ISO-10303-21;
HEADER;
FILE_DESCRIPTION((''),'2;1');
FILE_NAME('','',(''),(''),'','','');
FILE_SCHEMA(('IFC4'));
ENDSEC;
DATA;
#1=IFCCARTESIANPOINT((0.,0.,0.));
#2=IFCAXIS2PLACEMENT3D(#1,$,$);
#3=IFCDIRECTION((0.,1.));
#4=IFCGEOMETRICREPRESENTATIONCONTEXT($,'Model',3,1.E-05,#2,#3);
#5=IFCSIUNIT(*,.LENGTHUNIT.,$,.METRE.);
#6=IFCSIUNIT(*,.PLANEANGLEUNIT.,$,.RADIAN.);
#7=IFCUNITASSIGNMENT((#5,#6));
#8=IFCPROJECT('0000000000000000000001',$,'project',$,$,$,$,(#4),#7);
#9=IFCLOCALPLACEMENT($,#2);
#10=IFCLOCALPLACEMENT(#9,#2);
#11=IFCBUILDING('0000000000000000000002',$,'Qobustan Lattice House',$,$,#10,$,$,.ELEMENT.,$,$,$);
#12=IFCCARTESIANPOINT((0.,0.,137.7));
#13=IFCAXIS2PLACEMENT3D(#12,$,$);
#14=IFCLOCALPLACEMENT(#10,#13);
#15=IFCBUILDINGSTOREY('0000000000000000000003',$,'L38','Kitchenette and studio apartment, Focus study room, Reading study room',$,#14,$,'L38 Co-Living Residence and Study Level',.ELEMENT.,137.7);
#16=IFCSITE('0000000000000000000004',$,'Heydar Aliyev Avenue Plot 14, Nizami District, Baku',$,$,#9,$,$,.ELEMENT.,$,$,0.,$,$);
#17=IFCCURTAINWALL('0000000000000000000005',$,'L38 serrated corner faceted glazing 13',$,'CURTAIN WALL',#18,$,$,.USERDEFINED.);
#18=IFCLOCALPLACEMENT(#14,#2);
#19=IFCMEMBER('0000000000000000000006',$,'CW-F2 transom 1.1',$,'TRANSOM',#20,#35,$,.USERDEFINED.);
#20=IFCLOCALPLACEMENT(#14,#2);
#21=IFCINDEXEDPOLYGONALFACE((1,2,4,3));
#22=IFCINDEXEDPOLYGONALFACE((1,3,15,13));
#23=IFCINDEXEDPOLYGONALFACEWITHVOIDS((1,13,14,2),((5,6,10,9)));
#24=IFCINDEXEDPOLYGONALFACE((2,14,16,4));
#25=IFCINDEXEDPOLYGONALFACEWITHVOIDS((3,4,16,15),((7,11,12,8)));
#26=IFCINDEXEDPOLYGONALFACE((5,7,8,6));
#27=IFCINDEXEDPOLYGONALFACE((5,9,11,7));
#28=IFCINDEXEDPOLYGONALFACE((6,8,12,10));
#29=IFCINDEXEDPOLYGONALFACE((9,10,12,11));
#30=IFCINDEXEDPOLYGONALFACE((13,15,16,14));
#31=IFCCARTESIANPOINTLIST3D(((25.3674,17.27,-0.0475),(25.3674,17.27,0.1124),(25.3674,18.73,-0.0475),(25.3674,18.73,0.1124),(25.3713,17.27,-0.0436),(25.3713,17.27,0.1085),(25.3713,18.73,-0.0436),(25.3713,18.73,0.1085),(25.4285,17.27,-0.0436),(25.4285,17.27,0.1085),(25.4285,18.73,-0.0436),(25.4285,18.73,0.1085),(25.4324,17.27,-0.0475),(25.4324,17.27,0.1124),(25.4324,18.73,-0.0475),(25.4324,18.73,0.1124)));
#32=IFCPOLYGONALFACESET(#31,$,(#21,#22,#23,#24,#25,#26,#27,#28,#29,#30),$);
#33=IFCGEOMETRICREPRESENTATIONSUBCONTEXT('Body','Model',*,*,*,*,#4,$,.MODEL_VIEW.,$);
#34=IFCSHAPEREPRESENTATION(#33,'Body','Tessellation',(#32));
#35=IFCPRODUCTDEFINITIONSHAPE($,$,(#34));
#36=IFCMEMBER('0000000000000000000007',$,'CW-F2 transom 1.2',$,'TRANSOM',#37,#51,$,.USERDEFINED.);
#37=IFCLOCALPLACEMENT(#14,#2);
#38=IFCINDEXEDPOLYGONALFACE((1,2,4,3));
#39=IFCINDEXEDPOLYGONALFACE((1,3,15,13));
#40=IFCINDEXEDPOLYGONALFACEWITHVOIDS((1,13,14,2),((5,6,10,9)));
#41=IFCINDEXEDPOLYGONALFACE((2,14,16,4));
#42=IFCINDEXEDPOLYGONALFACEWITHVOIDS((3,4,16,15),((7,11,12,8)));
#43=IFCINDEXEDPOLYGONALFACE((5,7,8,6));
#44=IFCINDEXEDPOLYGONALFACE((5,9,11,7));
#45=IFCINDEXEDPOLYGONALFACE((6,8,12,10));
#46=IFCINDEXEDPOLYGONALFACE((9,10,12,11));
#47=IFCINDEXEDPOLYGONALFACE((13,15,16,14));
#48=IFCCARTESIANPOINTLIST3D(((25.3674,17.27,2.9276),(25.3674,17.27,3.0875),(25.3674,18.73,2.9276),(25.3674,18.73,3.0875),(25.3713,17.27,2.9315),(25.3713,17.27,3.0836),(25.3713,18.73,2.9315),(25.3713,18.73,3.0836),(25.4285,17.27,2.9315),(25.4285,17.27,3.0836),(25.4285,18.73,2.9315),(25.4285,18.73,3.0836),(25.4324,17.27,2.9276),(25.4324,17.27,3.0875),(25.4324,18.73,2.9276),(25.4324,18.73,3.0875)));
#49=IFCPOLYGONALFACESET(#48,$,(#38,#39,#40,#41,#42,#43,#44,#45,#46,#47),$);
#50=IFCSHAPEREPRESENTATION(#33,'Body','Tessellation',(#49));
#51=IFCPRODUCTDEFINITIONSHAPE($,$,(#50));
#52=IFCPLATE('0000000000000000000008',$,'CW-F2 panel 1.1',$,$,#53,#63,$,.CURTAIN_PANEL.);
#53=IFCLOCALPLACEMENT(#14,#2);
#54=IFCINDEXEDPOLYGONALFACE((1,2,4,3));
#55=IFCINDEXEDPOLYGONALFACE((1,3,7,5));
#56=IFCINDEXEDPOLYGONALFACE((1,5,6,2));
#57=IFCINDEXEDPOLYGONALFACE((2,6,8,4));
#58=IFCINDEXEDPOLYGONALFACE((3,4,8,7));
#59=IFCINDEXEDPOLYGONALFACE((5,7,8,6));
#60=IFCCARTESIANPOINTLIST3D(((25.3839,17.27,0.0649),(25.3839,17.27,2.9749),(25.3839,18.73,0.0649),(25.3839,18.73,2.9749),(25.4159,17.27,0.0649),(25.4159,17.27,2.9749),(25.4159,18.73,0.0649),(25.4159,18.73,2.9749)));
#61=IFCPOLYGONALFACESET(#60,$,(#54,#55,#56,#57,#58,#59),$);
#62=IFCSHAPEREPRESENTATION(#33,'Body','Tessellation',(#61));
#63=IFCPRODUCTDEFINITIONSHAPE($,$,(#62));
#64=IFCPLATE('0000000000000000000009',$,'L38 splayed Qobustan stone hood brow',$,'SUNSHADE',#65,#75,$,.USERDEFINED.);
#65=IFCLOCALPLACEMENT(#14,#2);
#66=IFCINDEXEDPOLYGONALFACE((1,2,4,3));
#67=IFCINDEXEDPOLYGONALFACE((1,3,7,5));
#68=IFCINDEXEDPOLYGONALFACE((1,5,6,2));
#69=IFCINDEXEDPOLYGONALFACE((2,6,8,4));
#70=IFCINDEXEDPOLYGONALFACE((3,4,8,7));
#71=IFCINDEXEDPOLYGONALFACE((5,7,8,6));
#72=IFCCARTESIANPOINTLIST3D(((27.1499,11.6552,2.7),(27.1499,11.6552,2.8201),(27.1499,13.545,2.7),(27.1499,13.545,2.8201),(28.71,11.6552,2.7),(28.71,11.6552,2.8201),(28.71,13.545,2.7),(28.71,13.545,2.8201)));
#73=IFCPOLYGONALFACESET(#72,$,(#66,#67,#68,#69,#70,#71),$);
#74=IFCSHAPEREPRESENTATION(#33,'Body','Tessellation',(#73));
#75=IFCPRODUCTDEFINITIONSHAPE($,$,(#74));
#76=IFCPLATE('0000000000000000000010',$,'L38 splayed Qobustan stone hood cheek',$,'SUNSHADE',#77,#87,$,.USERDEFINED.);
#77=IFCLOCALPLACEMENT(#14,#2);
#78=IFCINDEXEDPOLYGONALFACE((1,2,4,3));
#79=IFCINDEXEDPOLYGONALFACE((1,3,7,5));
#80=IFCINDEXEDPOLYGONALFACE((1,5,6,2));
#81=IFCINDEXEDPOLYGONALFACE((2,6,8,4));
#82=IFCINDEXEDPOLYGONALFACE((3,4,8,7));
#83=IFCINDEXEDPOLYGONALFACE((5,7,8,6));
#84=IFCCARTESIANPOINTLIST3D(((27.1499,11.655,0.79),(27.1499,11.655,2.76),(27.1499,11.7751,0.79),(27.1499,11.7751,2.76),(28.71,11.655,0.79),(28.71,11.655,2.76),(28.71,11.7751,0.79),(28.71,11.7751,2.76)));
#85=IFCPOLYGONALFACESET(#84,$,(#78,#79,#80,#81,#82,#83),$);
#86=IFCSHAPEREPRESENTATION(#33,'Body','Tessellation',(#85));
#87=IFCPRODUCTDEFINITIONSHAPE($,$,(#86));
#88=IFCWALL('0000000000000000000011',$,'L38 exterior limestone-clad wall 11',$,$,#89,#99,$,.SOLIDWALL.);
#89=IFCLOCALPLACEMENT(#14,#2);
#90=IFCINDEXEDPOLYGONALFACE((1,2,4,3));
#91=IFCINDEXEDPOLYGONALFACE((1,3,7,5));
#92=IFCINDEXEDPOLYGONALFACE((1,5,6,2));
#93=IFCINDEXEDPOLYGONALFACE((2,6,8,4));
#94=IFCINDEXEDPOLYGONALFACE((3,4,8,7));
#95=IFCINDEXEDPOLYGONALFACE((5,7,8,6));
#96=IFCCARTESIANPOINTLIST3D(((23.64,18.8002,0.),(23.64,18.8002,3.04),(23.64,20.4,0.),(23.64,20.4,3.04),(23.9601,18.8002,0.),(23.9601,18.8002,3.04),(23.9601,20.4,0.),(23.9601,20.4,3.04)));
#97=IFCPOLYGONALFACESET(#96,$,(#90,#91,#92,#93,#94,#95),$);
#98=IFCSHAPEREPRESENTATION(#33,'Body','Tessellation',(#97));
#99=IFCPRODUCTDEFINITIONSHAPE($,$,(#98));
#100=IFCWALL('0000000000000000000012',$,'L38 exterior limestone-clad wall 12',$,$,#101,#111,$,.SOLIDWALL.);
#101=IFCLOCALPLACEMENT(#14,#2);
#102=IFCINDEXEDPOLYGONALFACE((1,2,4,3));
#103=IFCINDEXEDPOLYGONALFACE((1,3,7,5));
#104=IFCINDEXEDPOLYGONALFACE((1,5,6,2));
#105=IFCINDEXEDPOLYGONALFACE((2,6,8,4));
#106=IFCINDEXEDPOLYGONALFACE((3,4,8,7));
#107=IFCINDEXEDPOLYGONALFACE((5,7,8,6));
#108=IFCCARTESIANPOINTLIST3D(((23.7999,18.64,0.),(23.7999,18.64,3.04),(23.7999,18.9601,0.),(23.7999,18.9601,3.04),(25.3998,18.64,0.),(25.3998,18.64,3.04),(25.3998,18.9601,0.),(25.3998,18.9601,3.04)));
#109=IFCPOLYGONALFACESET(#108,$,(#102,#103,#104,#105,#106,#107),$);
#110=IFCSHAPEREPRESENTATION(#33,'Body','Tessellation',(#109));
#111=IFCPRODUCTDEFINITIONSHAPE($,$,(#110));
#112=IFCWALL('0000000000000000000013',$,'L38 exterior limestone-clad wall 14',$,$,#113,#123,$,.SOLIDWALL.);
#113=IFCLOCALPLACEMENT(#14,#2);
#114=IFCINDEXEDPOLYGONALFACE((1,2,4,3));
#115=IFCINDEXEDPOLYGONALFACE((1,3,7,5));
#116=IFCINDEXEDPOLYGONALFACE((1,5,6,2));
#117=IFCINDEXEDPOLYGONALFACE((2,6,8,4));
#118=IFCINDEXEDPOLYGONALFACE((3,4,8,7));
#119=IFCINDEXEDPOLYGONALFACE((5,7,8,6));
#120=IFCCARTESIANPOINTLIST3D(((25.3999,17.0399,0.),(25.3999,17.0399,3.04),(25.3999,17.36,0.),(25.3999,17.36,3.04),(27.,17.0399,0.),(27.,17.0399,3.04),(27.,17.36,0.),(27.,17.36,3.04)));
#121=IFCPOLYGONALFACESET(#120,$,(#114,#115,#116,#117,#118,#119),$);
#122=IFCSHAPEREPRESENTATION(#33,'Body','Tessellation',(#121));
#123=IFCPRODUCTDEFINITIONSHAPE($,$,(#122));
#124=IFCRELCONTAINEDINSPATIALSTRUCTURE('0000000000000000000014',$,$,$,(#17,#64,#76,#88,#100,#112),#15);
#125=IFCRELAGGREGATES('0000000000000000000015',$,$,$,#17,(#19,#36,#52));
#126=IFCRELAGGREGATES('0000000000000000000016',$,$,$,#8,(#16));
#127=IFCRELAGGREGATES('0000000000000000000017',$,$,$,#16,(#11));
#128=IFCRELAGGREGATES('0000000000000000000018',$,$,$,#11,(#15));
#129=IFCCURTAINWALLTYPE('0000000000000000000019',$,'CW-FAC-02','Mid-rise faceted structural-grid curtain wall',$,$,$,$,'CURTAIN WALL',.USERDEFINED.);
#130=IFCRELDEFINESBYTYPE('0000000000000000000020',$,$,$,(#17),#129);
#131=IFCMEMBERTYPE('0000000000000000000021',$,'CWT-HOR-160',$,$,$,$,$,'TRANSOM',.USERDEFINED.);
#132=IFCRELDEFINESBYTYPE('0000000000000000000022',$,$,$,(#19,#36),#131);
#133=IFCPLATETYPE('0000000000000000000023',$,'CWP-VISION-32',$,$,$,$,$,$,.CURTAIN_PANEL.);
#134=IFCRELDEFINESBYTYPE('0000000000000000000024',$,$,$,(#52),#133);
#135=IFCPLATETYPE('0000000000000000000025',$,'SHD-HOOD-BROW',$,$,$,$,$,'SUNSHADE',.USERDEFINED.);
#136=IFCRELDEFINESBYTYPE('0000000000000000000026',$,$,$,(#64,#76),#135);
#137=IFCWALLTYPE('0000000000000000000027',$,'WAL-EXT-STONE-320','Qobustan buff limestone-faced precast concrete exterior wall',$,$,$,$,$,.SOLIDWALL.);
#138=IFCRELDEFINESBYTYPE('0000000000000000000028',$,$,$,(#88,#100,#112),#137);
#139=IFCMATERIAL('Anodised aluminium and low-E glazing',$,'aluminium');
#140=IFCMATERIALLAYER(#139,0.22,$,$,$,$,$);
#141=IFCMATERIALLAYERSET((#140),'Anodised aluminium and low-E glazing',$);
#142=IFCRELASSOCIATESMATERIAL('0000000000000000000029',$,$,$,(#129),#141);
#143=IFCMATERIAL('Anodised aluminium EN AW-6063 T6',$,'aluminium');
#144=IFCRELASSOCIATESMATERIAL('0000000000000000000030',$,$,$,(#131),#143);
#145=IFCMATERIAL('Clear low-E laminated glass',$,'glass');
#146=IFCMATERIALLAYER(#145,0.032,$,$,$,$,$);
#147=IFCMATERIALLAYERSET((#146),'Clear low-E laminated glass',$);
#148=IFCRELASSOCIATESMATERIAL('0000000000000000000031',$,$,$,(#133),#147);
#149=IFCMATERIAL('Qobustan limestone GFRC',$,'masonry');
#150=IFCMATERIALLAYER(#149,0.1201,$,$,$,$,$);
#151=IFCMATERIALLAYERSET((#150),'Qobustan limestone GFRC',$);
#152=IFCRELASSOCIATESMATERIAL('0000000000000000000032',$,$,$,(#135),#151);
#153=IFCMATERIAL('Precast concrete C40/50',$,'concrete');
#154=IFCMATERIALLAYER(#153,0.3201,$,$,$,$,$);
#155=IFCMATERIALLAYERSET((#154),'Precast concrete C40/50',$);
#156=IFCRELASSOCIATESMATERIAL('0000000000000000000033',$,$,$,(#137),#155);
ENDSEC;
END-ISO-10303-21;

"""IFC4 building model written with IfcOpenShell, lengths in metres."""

from ifc_helpers import new_model, si_unit, direction, frame, frame_2d, origin, origin_2d, place, context, subcontext, project, spatial, rectangle, hollow_rectangle, extrude, material, layer, layer_set, material_profile, profile_set, type_object, element, aggregate, save


model = new_model("IFC4")

# Units and contexts
model_context = context("Model", 3, precision=1e-05, world=origin(), true_north=direction((0.0, 1.0)))
body_context = subcontext(model_context, "Body", "Model", "MODEL_VIEW")
ifc_project = project(units=[si_unit("LENGTHUNIT", "METRE"), si_unit("PLANEANGLEUNIT", "RADIAN")], contexts=[model_context])

# Site, building, storey
site_placement = place(None, origin())
site = spatial("IfcSite", under=ifc_project, at=site_placement, Name="Heydar Aliyev Avenue Plot 14, Nizami District, Baku", CompositionType="ELEMENT", RefElevation=0.0)
building_placement = place(site_placement, origin())
building = spatial("IfcBuilding", under=site, at=building_placement, Name="Qobustan Lattice House", CompositionType="ELEMENT")
storey_placement = place(building_placement, frame((0.0, 0.0, 137.7)))
storey = spatial("IfcBuildingStorey", under=building, at=storey_placement, Name="L38", Description="Kitchenette and studio apartment, Focus study room, Reading study room", LongName="L38 Co-Living Residence and Study Level", CompositionType="ELEMENT", Elevation=137.7)

# Curtain wall, members, plate
ifc_material_1 = material(Name="Anodised aluminium and low-E glazing", Category="aluminium")
ifc_layer_1 = layer(ifc_material_1, 0.22)
ifc_layer_set_1 = layer_set([ifc_layer_1], Name="Anodised aluminium and low-E glazing")
curtain_wall_type = type_object("IfcCurtainWallType", Name="CW-FAC-02", Description="Mid-rise faceted structural-grid curtain wall", ElementType="CURTAIN WALL", PredefinedType="USERDEFINED", material=ifc_layer_set_1)
curtain_wall_placement = place(storey_placement, origin())
curtain_wall = element("IfcCurtainWall", 1, at=curtain_wall_placement, inside=storey, type_object=curtain_wall_type, Name="L38 serrated corner faceted glazing 13", ObjectType="CURTAIN WALL", PredefinedType="USERDEFINED")
ifc_material_2 = material(Name="Anodised aluminium EN AW-6063 T6", Category="aluminium")
ifc_material_profile_1 = material_profile(ifc_material_2, hollow_rectangle(XDim=0.0649, YDim=0.1599, WallThickness=0.0039, at=origin_2d()), Name="CWT-160x65")
ifc_profile_set_1 = profile_set([ifc_material_profile_1], Name="Anodised aluminium EN AW-6063 T6")
member_type_1 = type_object("IfcMemberType", Name="CWT-HOR-160", ElementType="TRANSOM", PredefinedType="USERDEFINED", material=ifc_profile_set_1)
member_1_placement = place(storey_placement, frame((25.3999, 18.73, 0.0325), z_axis=(0.0, -1.0, 0.0), x_axis=(1.0, 0.0, 0.0)))
member_1 = element("IfcMember", 2, at=member_1_placement, type_object=member_type_1, Name="CW-F2 transom 1.1", ObjectType="TRANSOM", PredefinedType="USERDEFINED", context=body_context, shape_type="SweptSolid", body=[
    extrude(hollow_rectangle(XDim=0.0649, YDim=0.1599, WallThickness=0.0039, at=origin_2d()), origin(), (0.0, 0.0, 1.0), 1.46),
])
member_2_placement = place(storey_placement, frame((25.3999, 18.73, 3.0076), z_axis=(0.0, -1.0, 0.0), x_axis=(1.0, 0.0, 0.0)))
member_2 = element("IfcMember", 3, at=member_2_placement, type_object=member_type_1, Name="CW-F2 transom 1.2", ObjectType="TRANSOM", PredefinedType="USERDEFINED", context=body_context, shape_type="SweptSolid", body=[
    extrude(hollow_rectangle(XDim=0.0649, YDim=0.1599, WallThickness=0.0039, at=origin_2d()), origin(), (0.0, 0.0, 1.0), 1.46),
])
ifc_material_3 = material(Name="Clear low-E laminated glass", Category="glass")
ifc_layer_2 = layer(ifc_material_3, 0.032)
ifc_layer_set_2 = layer_set([ifc_layer_2], Name="Clear low-E laminated glass")
plate_type_1 = type_object("IfcPlateType", Name="CWP-VISION-32", PredefinedType="CURTAIN_PANEL", material=ifc_layer_set_2)
plate_1_placement = place(storey_placement, frame((25.3999, 18.0, 0.0649), z_axis=(0.0, 0.0, 1.0), x_axis=(0.0, -1.0, 0.0)))
plate_1 = element("IfcPlate", 4, at=plate_1_placement, type_object=plate_type_1, Name="CW-F2 panel 1.1", PredefinedType="CURTAIN_PANEL", context=body_context, shape_type="SweptSolid", body=[
    extrude(rectangle(XDim=1.46, YDim=0.032, at=origin_2d()), origin(), (0.0, 0.0, 1.0), 2.9099),
])
aggregate(curtain_wall, [member_1, member_2, plate_1])

# Plates
ifc_material_4 = material(Name="Qobustan limestone GFRC", Category="masonry")
ifc_layer_3 = layer(ifc_material_4, 0.1201)
ifc_layer_set_3 = layer_set([ifc_layer_3], Name="Qobustan limestone GFRC")
plate_type_2 = type_object("IfcPlateType", Name="SHD-HOOD-BROW", ElementType="SUNSHADE", PredefinedType="USERDEFINED", material=ifc_layer_set_3)
plate_2_placement = place(storey_placement, frame((27.9299, 12.6001, 2.7), z_axis=(0.0, 0.0, 1.0), x_axis=(0.0, -1.0, 0.0)))
element("IfcPlate", 5, at=plate_2_placement, inside=storey, type_object=plate_type_2, Name="L38 splayed Qobustan stone hood brow", ObjectType="SUNSHADE", PredefinedType="USERDEFINED", context=body_context, shape_type="SweptSolid", body=[
    extrude(rectangle(XDim=1.8899, YDim=1.5601, at=origin_2d()), origin(), (0.0, 0.0, 1.0), 0.1201),
])
plate_3_placement = place(storey_placement, frame((27.9299, 11.7151, 0.79), z_axis=(0.0, 0.0, 1.0), x_axis=(0.0, -1.0, 0.0)))
element("IfcPlate", 6, at=plate_3_placement, inside=storey, type_object=plate_type_2, Name="L38 splayed Qobustan stone hood cheek", ObjectType="SUNSHADE", PredefinedType="USERDEFINED", context=body_context, shape_type="SweptSolid", body=[
    extrude(rectangle(XDim=0.1201, YDim=1.5601, at=origin_2d()), origin(), (0.0, 0.0, 1.0), 1.97),
])

# Walls
ifc_material_5 = material(Name="Precast concrete C40/50", Category="concrete")
ifc_layer_4 = layer(ifc_material_5, 0.3201)
ifc_layer_set_4 = layer_set([ifc_layer_4], Name="Precast concrete C40/50")
wall_type_1 = type_object("IfcWallType", Name="WAL-EXT-STONE-320", Description="Qobustan buff limestone-faced precast concrete exterior wall", PredefinedType="SOLIDWALL", material=ifc_layer_set_4)
for number, where, z_axis, x_axis, name in (
    (7, (23.8, 20.3999, 0.0), (0.0, 0.0, 1.0), (0.0, -1.0, 0.0), "L38 exterior limestone-clad wall 11"),
    (8, (23.8, 18.8, 0.0), (0.0, 0.0, 1.0), (1.0, 0.0, 0.0), "L38 exterior limestone-clad wall 12"),
):
    element("IfcWall", number, at=place(storey_placement, frame(where, z_axis=z_axis, x_axis=x_axis)), inside=storey, type_object=wall_type_1, Name=name, PredefinedType="SOLIDWALL", context=body_context, shape_type="SweptSolid", body=[
        extrude(rectangle(XDim=1.5999, YDim=0.3201, at=frame_2d((0.7998, 0.0))), origin(), (0.0, 0.0, 1.0), 3.04),
    ])
wall_1_placement = place(storey_placement, frame((25.3999, 17.2, 0.0), z_axis=(0.0, 0.0, 1.0), x_axis=(1.0, 0.0, 0.0)))
element("IfcWall", 9, at=wall_1_placement, inside=storey, type_object=wall_type_1, Name="L38 exterior limestone-clad wall 14", PredefinedType="SOLIDWALL", context=body_context, shape_type="SweptSolid", body=[
    extrude(rectangle(XDim=1.6001, YDim=0.3201, at=frame_2d((0.8, 0.0))), origin(), (0.0, 0.0, 1.0), 3.04),
])

save(model, "model.ifc")
